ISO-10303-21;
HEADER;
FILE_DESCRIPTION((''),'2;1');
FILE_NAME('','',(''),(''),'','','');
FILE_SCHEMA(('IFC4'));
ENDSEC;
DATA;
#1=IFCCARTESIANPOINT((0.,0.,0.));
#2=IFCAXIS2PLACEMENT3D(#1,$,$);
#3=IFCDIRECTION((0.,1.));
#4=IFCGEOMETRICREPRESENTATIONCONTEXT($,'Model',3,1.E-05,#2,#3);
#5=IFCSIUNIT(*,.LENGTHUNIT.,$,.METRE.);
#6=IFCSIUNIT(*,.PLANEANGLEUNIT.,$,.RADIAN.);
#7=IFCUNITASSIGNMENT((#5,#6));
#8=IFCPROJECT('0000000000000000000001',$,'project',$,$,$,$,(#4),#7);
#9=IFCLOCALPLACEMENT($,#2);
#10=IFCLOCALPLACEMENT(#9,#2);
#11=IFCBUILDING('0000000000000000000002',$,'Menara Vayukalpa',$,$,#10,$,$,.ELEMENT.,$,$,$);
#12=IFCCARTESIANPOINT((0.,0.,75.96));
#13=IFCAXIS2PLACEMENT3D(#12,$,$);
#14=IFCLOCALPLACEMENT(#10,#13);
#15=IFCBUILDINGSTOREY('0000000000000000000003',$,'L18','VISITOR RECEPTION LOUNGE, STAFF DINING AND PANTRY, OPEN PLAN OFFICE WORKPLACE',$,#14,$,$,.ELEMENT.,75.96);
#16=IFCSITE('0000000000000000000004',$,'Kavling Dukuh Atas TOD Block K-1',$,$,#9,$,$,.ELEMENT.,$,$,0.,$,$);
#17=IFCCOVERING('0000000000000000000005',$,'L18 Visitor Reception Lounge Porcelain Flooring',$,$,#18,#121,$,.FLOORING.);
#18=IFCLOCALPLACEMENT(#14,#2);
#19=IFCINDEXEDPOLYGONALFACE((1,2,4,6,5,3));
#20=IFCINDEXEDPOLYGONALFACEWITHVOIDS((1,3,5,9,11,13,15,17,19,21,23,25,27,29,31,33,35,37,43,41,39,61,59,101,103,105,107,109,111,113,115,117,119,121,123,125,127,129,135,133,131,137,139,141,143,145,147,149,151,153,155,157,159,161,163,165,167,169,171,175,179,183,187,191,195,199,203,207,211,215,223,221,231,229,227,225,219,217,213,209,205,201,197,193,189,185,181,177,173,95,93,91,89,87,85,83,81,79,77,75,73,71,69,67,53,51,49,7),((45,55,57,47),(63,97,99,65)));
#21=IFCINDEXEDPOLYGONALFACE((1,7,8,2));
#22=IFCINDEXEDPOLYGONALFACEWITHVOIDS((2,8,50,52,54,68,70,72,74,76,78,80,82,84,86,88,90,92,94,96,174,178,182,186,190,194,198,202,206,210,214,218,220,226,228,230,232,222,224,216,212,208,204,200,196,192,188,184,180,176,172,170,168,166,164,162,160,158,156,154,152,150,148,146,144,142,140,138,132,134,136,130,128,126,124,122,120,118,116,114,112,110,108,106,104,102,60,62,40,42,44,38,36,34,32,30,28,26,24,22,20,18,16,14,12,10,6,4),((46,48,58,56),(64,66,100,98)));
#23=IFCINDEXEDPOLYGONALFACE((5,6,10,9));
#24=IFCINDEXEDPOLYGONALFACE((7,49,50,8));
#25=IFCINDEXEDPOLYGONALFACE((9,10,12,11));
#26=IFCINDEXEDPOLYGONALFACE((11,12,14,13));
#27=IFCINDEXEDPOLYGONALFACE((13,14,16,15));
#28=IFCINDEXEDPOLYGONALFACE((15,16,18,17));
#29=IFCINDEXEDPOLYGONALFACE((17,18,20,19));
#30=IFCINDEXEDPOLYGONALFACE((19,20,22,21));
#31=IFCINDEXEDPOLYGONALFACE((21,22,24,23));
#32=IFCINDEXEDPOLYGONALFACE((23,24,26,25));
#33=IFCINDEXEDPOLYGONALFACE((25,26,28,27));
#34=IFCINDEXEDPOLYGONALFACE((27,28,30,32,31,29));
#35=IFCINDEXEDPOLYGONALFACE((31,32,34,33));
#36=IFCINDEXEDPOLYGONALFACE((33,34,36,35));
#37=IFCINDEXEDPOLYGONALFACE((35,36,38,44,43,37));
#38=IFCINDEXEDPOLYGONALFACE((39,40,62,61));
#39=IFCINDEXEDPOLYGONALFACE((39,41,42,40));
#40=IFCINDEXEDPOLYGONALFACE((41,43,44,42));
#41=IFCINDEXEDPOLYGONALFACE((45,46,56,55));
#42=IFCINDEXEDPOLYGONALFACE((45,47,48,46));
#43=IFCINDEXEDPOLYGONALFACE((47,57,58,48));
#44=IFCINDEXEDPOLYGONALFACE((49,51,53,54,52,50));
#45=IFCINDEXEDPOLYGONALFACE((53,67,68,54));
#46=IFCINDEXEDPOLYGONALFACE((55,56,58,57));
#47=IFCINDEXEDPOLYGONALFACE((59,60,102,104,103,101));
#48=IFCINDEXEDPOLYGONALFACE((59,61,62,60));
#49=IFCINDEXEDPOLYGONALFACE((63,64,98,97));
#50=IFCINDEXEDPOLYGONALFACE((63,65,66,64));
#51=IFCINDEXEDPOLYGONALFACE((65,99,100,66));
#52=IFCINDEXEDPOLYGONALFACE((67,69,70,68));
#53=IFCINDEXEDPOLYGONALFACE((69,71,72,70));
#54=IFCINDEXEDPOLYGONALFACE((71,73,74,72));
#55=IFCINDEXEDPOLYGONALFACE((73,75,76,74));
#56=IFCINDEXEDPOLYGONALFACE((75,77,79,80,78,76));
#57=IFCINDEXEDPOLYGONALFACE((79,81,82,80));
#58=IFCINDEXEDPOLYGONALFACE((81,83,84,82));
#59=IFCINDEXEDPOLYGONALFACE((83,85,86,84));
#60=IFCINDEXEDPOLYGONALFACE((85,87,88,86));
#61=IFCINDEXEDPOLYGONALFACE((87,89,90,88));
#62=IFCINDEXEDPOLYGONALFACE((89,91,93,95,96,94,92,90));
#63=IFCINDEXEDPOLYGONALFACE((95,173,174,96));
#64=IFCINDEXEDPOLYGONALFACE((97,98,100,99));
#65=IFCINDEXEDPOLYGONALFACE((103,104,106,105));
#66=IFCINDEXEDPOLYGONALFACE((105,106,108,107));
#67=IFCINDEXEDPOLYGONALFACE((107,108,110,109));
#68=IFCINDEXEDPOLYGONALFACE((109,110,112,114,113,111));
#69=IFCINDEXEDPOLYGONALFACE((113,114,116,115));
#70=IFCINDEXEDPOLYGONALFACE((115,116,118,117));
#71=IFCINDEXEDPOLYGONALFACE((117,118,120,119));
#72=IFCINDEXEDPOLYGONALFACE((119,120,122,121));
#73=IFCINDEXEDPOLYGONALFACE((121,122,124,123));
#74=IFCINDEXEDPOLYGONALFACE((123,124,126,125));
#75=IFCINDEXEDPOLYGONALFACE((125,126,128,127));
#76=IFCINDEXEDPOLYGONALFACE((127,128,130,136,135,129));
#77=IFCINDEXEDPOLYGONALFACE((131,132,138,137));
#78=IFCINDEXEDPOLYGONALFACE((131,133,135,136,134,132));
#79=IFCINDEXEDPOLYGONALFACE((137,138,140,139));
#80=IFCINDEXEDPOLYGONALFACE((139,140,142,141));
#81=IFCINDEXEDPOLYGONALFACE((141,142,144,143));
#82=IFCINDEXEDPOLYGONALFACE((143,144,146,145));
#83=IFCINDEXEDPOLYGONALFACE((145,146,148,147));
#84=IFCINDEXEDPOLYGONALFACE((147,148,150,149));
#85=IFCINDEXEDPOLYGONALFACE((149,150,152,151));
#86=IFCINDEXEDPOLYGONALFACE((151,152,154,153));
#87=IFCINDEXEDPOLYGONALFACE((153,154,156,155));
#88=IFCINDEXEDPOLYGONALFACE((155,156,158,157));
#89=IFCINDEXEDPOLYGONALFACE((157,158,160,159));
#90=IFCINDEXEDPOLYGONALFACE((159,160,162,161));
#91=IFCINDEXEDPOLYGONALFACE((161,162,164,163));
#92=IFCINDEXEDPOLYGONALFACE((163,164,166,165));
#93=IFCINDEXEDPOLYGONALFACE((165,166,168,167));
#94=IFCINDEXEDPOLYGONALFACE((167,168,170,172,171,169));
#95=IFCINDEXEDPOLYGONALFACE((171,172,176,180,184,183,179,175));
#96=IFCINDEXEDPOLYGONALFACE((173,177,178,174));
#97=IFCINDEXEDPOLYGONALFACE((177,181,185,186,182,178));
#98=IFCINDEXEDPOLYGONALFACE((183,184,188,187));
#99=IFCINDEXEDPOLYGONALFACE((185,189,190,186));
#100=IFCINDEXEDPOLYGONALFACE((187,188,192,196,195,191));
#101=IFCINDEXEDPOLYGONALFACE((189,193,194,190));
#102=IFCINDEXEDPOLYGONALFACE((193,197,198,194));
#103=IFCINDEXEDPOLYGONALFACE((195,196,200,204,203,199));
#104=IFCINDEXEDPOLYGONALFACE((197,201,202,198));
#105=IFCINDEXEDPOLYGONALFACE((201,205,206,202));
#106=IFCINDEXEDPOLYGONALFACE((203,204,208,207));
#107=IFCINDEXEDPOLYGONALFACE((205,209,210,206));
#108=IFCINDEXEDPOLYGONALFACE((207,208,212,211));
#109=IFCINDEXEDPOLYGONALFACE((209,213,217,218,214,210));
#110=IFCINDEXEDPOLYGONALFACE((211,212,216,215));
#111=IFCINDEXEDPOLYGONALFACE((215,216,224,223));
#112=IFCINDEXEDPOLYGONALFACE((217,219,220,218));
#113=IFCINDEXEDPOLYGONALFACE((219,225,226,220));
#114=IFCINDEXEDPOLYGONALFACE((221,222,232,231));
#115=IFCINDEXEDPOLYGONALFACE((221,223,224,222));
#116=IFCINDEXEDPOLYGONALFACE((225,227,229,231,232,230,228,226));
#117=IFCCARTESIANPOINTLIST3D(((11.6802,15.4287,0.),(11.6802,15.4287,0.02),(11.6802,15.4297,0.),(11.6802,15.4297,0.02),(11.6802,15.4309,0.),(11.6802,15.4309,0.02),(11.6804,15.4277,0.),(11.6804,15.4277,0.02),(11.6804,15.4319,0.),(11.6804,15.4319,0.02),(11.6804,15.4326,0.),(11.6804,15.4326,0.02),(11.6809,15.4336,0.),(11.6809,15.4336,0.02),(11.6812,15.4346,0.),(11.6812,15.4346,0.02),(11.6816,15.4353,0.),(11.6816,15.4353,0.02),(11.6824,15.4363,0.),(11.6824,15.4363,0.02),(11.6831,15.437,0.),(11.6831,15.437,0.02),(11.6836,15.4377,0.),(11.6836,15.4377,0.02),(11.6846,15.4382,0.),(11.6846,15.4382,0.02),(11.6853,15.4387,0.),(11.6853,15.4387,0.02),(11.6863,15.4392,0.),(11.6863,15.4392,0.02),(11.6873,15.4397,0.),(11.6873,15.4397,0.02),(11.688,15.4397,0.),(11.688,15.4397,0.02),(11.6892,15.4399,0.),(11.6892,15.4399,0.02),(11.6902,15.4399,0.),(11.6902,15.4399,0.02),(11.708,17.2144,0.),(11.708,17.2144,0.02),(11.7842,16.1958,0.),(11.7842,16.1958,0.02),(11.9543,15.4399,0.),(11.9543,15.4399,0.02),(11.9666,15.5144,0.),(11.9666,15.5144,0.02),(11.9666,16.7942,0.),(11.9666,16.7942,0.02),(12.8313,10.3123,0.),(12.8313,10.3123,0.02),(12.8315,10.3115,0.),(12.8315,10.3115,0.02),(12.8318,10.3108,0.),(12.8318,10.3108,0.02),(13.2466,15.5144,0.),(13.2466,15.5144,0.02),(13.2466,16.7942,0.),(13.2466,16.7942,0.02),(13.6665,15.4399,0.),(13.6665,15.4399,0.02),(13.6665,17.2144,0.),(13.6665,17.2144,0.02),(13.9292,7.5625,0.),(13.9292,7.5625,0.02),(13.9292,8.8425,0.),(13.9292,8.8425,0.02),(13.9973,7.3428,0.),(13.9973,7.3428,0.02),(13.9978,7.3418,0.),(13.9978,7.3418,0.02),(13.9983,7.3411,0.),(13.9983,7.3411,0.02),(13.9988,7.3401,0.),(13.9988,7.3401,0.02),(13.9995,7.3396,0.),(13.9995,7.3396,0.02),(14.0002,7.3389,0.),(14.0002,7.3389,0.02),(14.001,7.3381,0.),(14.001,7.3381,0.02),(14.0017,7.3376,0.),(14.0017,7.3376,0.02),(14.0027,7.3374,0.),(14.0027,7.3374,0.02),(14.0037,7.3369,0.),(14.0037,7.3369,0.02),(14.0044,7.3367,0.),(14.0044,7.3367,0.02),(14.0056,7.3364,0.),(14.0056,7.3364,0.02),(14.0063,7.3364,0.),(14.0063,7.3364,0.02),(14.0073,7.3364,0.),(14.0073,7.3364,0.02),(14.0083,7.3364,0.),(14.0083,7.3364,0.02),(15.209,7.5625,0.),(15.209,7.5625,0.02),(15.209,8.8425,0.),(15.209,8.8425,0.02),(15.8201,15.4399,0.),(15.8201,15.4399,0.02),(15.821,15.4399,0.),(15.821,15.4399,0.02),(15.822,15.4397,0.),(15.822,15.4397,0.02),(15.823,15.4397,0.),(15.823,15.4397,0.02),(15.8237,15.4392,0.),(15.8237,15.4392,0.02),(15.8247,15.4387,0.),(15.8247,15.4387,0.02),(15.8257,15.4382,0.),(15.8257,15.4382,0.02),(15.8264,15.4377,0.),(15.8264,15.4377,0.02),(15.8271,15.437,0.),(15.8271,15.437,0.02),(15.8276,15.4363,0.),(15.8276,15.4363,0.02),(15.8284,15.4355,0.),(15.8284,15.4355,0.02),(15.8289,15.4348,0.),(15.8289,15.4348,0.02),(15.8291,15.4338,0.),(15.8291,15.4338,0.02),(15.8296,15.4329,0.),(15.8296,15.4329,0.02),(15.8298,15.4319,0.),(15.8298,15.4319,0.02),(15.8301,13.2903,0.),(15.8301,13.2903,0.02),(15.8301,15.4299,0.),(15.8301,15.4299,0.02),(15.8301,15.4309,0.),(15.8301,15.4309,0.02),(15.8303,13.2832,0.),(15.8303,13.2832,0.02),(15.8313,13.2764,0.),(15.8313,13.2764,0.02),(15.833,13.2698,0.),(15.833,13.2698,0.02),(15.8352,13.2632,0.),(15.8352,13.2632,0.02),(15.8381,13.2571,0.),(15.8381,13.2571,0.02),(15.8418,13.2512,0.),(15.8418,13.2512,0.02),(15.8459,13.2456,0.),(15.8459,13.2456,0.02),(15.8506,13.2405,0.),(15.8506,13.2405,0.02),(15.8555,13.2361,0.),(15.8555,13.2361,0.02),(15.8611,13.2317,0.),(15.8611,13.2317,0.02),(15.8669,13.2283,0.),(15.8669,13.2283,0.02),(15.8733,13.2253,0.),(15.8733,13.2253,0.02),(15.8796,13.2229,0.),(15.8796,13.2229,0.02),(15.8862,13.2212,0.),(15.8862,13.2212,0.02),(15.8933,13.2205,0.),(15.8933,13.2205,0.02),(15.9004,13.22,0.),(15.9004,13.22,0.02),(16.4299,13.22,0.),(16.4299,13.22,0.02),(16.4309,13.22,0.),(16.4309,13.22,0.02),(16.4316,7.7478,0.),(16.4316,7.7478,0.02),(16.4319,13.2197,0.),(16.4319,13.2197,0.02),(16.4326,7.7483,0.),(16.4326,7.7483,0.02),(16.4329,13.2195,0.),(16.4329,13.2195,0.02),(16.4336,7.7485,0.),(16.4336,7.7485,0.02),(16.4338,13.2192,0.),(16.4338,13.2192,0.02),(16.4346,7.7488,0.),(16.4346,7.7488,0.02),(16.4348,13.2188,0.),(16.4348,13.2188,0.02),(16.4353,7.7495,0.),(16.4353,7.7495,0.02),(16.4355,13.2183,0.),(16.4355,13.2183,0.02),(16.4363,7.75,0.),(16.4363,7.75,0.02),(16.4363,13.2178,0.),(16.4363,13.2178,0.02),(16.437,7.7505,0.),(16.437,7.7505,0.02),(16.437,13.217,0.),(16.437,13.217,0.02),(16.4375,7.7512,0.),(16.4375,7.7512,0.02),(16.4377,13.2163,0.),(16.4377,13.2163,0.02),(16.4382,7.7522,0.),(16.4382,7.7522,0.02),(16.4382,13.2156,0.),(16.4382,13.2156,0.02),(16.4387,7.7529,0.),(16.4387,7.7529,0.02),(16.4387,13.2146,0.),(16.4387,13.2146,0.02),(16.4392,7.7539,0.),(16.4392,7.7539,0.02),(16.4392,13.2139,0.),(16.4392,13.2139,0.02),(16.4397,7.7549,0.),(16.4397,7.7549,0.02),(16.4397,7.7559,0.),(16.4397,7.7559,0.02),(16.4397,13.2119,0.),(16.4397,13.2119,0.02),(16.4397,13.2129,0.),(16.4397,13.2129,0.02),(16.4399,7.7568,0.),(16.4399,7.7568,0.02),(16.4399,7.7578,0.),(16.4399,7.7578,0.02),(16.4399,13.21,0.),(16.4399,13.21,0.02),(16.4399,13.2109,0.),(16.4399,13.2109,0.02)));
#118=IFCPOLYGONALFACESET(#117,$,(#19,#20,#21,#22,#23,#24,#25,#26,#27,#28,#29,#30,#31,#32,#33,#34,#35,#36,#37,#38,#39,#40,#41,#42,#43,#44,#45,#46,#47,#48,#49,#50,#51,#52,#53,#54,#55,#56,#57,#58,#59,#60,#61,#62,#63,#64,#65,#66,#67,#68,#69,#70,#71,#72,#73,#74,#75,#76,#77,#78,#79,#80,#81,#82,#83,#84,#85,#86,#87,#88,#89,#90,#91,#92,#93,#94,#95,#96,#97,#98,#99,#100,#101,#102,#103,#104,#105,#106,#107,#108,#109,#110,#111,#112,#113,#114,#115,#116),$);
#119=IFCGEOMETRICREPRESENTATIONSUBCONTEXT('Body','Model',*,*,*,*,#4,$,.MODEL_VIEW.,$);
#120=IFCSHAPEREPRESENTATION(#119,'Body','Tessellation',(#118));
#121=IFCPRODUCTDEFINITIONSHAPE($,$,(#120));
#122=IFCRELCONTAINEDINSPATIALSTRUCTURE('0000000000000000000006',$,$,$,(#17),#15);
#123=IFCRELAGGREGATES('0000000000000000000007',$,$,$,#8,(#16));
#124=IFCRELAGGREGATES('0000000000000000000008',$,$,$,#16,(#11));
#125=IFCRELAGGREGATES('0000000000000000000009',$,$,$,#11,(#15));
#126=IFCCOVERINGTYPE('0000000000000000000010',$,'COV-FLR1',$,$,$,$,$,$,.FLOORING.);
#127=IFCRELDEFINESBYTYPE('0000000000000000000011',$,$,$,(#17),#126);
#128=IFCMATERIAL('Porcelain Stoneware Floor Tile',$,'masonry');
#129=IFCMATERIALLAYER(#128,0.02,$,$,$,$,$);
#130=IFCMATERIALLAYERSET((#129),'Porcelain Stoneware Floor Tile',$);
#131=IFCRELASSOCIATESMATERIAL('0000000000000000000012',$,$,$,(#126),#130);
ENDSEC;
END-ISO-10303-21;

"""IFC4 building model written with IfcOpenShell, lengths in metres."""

from ifc_helpers import new_model, si_unit, direction, frame, origin, place, context, subcontext, project, spatial, polyline, outline, extrude, material, layer, layer_set, type_object, element, save


model = new_model("IFC4")

# Units and contexts
model_context = context("Model", 3, precision=1e-05, world=origin(), true_north=direction((0.0, 1.0)))
body_context = subcontext(model_context, "Body", "Model", "MODEL_VIEW")
ifc_project = project(units=[si_unit("LENGTHUNIT", "METRE"), si_unit("PLANEANGLEUNIT", "RADIAN")], contexts=[model_context])

# Site, building, storey
site_placement = place(None, origin())
site = spatial("IfcSite", under=ifc_project, at=site_placement, Name="Kavling Dukuh Atas TOD Block K-1", CompositionType="ELEMENT", RefElevation=0.0)
building_placement = place(site_placement, origin())
building = spatial("IfcBuilding", under=site, at=building_placement, Name="Menara Vayukalpa", CompositionType="ELEMENT")
storey_placement = place(building_placement, frame((0.0, 0.0, 75.96)))
storey = spatial("IfcBuildingStorey", under=building, at=storey_placement, Name="L18", Description="VISITOR RECEPTION LOUNGE, STAFF DINING AND PANTRY, OPEN PLAN OFFICE WORKPLACE", CompositionType="ELEMENT", Elevation=75.96)

# Covering
ifc_material_1 = material(Name="Porcelain Stoneware Floor Tile", Category="masonry")
ifc_layer_1 = layer(ifc_material_1, 0.02)
ifc_layer_set_1 = layer_set([ifc_layer_1], Name="Porcelain Stoneware Floor Tile")
covering_type_1 = type_object("IfcCoveringType", Name="COV-FLR1", PredefinedType="FLOORING", material=ifc_layer_set_1)
covering_1_placement = place(storey_placement, origin())
element("IfcCovering", 1, at=covering_1_placement, inside=storey, type_object=covering_type_1, Name="L18 Visitor Reception Lounge Porcelain Flooring", PredefinedType="FLOORING", context=body_context, shape_type="SweptSolid", body=[
    extrude(outline(polyline([(14.0056, 7.3364), (14.0044, 7.3367), (14.0037, 7.3369), (14.0027, 7.3374), (14.0017, 7.3376), (14.001, 7.3381), (14.0002, 7.3389), (13.9995, 7.3396), (13.9988, 7.3401), (13.9983, 7.3411), (13.9978, 7.3418), (13.9973, 7.3428), (12.8318, 10.3108), (12.8315, 10.3115), (12.8313, 10.3123), (11.6804, 15.4277), (11.6802, 15.4287), (11.6802, 15.4297), (11.6802, 15.4309), (11.6804, 15.4319), (11.6804, 15.4326), (11.6809, 15.4336), (11.6812, 15.4346), (11.6816, 15.4353), (11.6824, 15.4363), (11.6831, 15.437), (11.6836, 15.4377), (11.6846, 15.4382), (11.6853, 15.4387), (11.6863, 15.4392), (11.6873, 15.4397), (11.688, 15.4397), (11.6892, 15.4399), (11.6902, 15.4399), (11.9543, 15.4399), (11.7842, 16.1958), (11.708, 17.2144), (13.6665, 17.2144), (13.6665, 15.4399), (15.8201, 15.4399), (15.821, 15.4399), (15.822, 15.4397), (15.823, 15.4397), (15.8237, 15.4392), (15.8247, 15.4387), (15.8257, 15.4382), (15.8264, 15.4377), (15.8271, 15.437), (15.8276, 15.4363), (15.8284, 15.4355), (15.8289, 15.4348), (15.8291, 15.4338), (15.8296, 15.4329), (15.8298, 15.4319), (15.8301, 15.4309), (15.8301, 15.4299), (15.8301, 13.2903), (15.8303, 13.2832), (15.8313, 13.2764), (15.833, 13.2698), (15.8352, 13.2632), (15.8381, 13.2571), (15.8418, 13.2512), (15.8459, 13.2456), (15.8506, 13.2405), (15.8555, 13.2361), (15.8611, 13.2317), (15.8669, 13.2283), (15.8733, 13.2253), (15.8796, 13.2229), (15.8862, 13.2212), (15.8933, 13.2205), (15.9004, 13.22), (16.4299, 13.22), (16.4309, 13.22), (16.4319, 13.2197), (16.4329, 13.2195), (16.4338, 13.2192), (16.4348, 13.2188), (16.4355, 13.2183), (16.4363, 13.2178), (16.437, 13.217), (16.4377, 13.2163), (16.4382, 13.2156), (16.4387, 13.2146), (16.4392, 13.2139), (16.4397, 13.2129), (16.4397, 13.2119), (16.4399, 13.2109), (16.4399, 13.21), (16.4399, 7.7578), (16.4399, 7.7568), (16.4397, 7.7559), (16.4397, 7.7549), (16.4392, 7.7539), (16.4387, 7.7529), (16.4382, 7.7522), (16.4375, 7.7512), (16.437, 7.7505), (16.4363, 7.75), (16.4353, 7.7495), (16.4346, 7.7488), (16.4336, 7.7485), (16.4326, 7.7483), (16.4316, 7.7478), (14.0083, 7.3364), (14.0073, 7.3364), (14.0063, 7.3364), (14.0056, 7.3364)]), holes=[polyline([(15.209, 8.8425), (13.9292, 8.8425), (13.9292, 7.5625), (15.209, 7.5625), (15.209, 8.8425)]), polyline([(13.2466, 16.7942), (11.9666, 16.7942), (11.9666, 15.5144), (13.2466, 15.5144), (13.2466, 16.7942)])]), origin(), (0.0, 0.0, 1.0), 0.02),
])

save(model, "model.ifc")
